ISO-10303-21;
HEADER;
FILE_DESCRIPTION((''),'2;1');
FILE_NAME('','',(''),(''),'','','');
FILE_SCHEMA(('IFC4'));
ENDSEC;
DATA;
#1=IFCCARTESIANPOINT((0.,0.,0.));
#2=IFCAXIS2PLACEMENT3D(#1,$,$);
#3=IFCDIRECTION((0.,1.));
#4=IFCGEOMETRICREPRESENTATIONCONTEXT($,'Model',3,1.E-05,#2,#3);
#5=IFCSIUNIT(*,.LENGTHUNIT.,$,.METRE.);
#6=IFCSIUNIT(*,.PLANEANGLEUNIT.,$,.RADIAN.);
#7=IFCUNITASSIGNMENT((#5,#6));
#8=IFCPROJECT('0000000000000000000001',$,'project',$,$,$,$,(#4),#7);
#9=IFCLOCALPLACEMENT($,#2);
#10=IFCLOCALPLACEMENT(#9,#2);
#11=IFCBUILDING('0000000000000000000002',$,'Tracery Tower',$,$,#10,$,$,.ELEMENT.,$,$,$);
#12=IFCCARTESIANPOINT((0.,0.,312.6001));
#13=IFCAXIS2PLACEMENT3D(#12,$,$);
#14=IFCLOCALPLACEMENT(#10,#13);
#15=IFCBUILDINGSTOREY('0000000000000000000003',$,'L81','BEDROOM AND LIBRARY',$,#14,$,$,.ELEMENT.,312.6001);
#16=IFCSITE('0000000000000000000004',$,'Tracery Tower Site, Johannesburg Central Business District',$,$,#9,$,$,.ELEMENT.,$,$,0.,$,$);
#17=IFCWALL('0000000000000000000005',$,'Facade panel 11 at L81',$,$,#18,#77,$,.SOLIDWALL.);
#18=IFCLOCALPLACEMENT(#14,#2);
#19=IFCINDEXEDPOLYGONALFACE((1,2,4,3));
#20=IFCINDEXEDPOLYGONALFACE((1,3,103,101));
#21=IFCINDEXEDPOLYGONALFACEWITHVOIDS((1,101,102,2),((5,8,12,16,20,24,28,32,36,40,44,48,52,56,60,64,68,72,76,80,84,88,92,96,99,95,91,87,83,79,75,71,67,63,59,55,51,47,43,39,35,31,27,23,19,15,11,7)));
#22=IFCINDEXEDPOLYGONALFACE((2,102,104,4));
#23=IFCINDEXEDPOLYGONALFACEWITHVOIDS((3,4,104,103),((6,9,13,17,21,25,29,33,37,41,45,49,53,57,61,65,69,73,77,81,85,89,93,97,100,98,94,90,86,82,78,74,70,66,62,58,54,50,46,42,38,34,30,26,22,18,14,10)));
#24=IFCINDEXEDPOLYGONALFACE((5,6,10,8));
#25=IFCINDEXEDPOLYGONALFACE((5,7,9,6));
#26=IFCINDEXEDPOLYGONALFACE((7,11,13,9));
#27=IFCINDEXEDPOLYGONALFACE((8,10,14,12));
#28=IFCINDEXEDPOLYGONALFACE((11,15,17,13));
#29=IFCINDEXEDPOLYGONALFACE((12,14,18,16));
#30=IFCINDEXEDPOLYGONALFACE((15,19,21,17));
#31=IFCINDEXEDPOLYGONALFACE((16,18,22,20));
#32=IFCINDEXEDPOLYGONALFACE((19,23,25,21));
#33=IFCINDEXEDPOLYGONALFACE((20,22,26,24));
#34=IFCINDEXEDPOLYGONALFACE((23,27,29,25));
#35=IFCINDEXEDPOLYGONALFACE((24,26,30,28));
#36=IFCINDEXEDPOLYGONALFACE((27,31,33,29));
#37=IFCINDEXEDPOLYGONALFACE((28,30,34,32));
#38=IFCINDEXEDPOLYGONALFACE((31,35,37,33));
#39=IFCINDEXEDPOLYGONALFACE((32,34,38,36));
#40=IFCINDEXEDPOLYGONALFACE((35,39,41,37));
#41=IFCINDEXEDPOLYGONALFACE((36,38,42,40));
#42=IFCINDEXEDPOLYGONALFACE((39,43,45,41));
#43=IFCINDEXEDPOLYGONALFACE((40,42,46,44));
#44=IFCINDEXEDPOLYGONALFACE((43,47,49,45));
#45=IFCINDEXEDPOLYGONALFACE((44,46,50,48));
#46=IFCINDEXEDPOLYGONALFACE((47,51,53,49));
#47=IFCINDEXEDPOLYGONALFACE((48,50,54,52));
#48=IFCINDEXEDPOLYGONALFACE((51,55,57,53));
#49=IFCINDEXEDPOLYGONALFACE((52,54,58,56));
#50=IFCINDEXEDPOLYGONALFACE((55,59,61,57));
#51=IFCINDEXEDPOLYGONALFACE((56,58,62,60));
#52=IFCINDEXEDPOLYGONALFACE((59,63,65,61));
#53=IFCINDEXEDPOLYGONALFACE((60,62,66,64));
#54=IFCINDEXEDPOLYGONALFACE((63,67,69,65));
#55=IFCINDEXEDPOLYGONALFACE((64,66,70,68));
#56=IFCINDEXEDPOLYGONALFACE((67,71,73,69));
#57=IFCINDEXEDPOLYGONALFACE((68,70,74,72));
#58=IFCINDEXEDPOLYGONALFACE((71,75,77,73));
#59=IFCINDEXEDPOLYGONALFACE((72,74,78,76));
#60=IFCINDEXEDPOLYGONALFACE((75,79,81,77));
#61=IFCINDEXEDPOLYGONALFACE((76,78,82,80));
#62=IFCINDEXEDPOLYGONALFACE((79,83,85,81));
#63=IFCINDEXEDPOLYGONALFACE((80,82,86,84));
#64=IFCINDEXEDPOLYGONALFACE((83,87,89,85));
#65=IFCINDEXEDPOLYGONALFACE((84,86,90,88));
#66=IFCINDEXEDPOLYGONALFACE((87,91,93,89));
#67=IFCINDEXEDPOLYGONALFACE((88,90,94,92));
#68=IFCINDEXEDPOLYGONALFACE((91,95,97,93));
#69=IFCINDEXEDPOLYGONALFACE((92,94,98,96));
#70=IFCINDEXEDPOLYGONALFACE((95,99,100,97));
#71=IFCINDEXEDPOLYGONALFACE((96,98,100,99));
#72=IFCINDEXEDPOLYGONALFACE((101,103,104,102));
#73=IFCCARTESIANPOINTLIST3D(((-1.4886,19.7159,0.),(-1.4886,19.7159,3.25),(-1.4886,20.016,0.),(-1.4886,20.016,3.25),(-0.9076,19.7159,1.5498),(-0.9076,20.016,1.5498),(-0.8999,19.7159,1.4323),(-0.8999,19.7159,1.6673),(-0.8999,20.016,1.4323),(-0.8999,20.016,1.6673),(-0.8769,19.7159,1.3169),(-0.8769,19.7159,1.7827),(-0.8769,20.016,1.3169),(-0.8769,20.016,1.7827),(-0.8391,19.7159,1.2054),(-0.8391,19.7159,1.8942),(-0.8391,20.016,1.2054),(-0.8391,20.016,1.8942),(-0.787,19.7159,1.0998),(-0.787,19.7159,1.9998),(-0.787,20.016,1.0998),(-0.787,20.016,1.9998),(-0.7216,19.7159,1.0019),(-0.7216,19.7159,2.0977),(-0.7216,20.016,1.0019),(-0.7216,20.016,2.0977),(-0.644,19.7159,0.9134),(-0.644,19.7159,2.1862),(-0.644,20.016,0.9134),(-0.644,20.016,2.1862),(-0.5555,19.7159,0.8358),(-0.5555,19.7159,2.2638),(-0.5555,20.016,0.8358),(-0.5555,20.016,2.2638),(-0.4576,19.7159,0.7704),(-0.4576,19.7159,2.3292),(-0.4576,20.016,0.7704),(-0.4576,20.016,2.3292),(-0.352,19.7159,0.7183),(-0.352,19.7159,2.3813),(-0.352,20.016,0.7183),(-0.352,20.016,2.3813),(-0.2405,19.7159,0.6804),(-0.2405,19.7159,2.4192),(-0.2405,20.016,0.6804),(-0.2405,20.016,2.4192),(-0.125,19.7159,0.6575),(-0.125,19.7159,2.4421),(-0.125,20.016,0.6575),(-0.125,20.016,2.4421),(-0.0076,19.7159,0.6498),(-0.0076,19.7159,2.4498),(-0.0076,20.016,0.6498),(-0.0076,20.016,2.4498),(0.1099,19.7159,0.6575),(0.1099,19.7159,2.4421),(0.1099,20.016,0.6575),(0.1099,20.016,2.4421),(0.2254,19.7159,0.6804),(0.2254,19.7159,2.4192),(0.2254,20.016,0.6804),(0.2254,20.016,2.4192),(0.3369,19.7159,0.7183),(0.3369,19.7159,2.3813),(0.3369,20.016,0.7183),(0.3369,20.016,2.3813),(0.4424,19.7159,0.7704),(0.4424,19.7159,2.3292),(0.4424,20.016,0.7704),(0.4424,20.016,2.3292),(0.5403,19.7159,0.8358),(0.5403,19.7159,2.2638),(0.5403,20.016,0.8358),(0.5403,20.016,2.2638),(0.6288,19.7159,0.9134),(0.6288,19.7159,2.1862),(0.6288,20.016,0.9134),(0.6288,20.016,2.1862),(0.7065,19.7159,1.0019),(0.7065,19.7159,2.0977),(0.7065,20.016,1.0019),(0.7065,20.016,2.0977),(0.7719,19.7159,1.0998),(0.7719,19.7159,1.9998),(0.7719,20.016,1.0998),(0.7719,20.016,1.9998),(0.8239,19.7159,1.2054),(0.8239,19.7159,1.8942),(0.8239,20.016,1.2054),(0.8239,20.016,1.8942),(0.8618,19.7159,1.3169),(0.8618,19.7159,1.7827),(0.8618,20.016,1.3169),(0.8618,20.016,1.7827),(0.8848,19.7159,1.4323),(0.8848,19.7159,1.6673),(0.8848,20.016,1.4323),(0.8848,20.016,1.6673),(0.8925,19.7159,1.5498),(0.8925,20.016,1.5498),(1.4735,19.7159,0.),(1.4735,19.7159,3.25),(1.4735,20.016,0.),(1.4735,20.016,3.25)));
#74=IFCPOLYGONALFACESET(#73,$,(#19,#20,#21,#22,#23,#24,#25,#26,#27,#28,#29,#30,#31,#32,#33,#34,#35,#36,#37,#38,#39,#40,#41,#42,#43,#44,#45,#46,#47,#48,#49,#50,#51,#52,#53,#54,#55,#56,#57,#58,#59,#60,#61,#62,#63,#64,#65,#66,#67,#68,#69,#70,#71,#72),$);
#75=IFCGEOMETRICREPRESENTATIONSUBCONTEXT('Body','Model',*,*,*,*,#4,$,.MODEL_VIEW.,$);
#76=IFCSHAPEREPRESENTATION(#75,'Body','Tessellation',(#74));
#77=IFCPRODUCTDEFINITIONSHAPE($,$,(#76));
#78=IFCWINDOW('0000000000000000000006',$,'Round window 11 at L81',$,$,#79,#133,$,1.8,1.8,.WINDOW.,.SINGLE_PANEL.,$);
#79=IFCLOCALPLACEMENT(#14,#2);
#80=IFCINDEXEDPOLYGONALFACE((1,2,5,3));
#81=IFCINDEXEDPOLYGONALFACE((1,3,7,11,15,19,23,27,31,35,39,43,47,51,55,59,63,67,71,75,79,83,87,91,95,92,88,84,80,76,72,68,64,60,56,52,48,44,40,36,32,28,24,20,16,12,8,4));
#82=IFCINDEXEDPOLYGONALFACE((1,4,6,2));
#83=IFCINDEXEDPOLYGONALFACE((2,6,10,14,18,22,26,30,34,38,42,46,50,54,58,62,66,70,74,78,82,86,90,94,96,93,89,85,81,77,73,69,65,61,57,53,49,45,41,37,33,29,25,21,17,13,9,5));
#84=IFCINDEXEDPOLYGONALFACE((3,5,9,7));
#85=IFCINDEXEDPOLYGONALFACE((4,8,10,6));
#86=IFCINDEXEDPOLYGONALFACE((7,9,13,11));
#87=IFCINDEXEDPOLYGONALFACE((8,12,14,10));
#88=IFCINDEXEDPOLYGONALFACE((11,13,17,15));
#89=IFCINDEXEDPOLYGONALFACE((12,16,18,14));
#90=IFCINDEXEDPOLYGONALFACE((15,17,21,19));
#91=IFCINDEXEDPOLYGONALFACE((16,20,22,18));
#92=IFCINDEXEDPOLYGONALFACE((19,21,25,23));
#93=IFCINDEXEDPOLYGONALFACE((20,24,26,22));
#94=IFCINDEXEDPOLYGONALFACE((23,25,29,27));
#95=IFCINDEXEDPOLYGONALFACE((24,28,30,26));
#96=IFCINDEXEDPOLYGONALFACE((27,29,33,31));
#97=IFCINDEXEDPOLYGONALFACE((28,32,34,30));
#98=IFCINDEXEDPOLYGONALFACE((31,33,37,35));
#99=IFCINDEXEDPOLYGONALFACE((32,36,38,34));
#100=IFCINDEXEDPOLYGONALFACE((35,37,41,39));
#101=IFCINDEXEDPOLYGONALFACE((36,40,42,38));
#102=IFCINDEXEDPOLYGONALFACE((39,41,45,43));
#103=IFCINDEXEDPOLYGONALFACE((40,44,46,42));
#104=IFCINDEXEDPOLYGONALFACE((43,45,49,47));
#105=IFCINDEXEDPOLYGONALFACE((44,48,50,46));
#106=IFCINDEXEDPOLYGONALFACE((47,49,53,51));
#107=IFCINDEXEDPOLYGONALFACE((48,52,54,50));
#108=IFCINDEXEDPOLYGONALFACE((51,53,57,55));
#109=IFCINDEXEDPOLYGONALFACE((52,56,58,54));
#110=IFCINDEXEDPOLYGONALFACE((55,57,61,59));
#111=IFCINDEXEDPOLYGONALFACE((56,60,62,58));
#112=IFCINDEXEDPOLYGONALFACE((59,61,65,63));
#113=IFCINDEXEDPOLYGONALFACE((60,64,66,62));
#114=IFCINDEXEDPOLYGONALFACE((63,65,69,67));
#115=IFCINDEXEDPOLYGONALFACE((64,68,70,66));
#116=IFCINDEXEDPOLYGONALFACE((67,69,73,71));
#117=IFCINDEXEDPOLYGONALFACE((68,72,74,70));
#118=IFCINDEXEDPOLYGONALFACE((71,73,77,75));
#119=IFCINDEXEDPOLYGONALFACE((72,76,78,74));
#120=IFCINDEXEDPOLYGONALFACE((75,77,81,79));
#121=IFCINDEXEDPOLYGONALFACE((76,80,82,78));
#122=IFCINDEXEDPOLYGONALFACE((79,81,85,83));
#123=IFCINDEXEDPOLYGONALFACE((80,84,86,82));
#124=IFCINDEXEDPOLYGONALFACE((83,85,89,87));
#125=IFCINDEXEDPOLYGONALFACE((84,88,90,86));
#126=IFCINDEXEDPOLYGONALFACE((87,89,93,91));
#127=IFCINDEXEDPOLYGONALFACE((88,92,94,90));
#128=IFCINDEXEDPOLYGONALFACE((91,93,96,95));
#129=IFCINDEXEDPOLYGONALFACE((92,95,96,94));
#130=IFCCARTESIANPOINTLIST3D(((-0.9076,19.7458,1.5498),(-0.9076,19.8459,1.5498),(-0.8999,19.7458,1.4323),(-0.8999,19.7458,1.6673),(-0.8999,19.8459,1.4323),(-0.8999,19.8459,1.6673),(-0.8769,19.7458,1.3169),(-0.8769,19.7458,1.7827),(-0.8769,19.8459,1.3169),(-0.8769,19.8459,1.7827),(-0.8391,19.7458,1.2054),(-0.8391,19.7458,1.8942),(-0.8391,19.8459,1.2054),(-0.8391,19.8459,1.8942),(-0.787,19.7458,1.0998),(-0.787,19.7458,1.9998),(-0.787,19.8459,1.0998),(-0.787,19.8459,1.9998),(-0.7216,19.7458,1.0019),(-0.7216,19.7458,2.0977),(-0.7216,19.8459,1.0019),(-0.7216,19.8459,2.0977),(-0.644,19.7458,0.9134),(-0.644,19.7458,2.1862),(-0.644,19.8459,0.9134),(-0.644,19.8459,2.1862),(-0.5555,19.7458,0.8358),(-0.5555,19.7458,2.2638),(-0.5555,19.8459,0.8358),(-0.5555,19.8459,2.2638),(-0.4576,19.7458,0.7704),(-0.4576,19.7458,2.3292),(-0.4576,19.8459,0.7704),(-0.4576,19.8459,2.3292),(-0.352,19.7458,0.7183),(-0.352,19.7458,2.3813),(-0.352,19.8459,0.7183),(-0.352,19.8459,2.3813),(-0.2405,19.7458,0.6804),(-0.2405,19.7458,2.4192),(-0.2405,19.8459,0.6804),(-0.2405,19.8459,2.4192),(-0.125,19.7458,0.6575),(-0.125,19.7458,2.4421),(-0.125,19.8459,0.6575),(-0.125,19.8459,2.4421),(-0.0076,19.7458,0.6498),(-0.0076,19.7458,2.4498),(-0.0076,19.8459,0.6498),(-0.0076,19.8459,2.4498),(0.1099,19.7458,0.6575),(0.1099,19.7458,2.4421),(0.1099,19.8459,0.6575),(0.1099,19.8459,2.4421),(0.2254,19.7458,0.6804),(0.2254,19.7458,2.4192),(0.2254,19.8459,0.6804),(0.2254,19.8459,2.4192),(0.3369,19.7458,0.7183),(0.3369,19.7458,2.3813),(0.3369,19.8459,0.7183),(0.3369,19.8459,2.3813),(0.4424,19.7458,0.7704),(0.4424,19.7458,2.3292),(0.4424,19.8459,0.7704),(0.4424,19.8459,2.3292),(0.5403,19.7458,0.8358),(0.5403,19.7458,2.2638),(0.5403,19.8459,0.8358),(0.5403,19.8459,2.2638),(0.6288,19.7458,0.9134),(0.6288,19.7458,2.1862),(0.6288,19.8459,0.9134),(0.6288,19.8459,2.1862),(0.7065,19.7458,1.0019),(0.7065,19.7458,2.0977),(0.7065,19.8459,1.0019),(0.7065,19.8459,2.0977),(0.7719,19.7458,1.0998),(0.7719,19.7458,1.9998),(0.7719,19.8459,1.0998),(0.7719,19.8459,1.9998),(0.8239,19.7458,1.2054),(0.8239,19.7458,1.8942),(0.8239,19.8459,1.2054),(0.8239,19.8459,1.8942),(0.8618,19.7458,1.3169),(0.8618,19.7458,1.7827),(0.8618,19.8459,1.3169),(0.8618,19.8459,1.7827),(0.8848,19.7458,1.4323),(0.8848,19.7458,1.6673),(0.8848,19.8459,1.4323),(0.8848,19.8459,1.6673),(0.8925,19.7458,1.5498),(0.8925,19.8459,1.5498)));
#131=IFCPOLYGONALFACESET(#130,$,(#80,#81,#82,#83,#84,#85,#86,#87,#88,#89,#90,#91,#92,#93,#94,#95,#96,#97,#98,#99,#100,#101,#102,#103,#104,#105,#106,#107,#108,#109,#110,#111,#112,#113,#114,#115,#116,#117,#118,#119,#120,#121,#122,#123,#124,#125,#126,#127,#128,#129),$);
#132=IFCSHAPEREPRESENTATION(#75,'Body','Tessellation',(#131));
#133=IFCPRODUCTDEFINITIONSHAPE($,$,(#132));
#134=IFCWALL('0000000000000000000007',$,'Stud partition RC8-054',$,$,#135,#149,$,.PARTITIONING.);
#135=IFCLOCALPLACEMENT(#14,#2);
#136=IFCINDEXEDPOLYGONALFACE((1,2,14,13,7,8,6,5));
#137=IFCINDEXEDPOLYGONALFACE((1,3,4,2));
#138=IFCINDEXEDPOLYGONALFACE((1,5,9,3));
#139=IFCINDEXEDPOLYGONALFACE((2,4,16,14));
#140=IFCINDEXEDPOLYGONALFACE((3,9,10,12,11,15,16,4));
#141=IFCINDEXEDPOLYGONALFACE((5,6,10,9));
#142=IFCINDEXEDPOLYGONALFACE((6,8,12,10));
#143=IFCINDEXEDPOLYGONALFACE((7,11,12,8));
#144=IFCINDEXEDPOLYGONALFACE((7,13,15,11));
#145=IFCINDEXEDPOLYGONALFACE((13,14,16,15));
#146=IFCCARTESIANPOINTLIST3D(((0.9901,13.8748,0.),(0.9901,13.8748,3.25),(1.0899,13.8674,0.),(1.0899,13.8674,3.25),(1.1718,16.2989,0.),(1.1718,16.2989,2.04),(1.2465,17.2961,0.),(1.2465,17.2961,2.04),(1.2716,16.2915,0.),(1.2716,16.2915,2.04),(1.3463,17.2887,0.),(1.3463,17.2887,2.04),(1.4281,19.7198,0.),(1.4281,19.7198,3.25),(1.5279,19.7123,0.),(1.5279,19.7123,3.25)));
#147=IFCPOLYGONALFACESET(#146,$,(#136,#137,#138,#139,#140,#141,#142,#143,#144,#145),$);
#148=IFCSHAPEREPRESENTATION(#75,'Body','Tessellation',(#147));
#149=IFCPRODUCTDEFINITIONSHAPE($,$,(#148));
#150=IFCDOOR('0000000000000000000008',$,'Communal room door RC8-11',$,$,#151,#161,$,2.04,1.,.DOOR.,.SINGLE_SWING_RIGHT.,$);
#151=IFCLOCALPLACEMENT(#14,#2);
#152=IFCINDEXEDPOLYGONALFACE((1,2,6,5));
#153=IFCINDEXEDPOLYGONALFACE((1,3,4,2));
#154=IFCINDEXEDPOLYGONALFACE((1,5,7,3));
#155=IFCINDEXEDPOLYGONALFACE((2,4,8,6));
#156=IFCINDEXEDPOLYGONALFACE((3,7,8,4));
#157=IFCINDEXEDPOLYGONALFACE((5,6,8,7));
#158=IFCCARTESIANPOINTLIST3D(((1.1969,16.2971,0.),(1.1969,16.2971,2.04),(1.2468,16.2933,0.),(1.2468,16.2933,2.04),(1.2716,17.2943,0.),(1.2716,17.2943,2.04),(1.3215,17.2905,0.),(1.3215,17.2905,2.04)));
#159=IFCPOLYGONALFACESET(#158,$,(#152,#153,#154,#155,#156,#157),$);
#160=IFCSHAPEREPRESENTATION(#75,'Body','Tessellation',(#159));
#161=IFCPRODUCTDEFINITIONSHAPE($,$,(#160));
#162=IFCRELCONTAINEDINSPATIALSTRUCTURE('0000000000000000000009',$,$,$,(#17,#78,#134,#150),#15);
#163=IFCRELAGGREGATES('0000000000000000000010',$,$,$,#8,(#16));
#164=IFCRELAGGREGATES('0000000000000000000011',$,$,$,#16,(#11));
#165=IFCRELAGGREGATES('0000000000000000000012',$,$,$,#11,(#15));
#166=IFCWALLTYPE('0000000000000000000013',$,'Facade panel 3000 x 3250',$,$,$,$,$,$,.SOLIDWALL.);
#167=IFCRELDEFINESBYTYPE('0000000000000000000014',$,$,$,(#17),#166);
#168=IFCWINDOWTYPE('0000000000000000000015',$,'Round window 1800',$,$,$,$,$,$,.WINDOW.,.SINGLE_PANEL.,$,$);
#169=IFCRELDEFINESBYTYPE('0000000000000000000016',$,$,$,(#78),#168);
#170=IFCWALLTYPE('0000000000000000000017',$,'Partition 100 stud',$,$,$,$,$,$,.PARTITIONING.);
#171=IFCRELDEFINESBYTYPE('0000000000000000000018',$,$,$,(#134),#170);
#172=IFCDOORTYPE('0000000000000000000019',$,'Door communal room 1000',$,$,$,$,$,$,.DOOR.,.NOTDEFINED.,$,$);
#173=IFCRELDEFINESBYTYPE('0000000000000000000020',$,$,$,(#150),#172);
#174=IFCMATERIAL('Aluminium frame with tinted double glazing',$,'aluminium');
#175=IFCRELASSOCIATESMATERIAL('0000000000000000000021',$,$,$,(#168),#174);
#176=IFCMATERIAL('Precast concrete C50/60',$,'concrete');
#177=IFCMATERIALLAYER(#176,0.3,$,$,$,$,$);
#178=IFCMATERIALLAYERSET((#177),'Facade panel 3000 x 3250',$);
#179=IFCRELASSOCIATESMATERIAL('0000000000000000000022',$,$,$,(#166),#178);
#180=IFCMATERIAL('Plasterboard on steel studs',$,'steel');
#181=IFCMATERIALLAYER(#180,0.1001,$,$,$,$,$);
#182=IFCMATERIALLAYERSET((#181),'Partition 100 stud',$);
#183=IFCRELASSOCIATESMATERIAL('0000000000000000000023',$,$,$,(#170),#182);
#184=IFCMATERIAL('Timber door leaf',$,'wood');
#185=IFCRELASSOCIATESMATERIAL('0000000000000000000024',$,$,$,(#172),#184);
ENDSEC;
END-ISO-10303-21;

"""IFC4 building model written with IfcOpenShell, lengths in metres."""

from ifc_helpers import new_model, si_unit, direction, frame, frame_2d, origin, origin_2d, place, context, subcontext, project, spatial, rectangle, circle, extrude, material, layer, layer_set, type_object, element, fill, save


model = new_model("IFC4")

# Units and contexts
model_context = context("Model", 3, precision=1e-05, world=origin(), true_north=direction((0.0, 1.0)))
body_context = subcontext(model_context, "Body", "Model", "MODEL_VIEW")
ifc_project = project(units=[si_unit("LENGTHUNIT", "METRE"), si_unit("PLANEANGLEUNIT", "RADIAN")], contexts=[model_context])

# Site, building, storey
site_placement = place(None, origin())
site = spatial("IfcSite", under=ifc_project, at=site_placement, Name="Tracery Tower Site, Johannesburg Central Business District", CompositionType="ELEMENT", RefElevation=0.0)
building_placement = place(site_placement, origin())
building = spatial("IfcBuilding", under=site, at=building_placement, Name="Tracery Tower", CompositionType="ELEMENT")
storey_placement = place(building_placement, frame((0.0, 0.0, 312.6001)))
storey = spatial("IfcBuildingStorey", under=building, at=storey_placement, Name="L81", Description="BEDROOM AND LIBRARY", CompositionType="ELEMENT", Elevation=312.6001)

# Wall, opening, window
ifc_material_1 = material(Name="Aluminium frame with tinted double glazing", Category="aluminium")
window_type = type_object("IfcWindowType", Name="Round window 1800", PartitioningType="SINGLE_PANEL", PredefinedType="WINDOW", material=ifc_material_1)
ifc_material_2 = material(Name="Precast concrete C50/60", Category="concrete")
ifc_layer_1 = layer(ifc_material_2, 0.3)
ifc_layer_set_1 = layer_set([ifc_layer_1], Name="Facade panel 3000 x 3250")
wall_type_1 = type_object("IfcWallType", Name="Facade panel 3000 x 3250", PredefinedType="SOLIDWALL", material=ifc_layer_set_1)
wall_1_placement = place(storey_placement, frame((1.4734, 19.866, 0.0), z_axis=(0.0, 0.0, 1.0), x_axis=(-1.0, 0.0, 0.0)))
wall_1 = element("IfcWall", 1, at=wall_1_placement, inside=storey, type_object=wall_type_1, Name="Facade panel 11 at L81", PredefinedType="SOLIDWALL", context=body_context, shape_type="SweptSolid", body=[
    extrude(rectangle(XDim=2.9622, YDim=0.3, at=frame_2d((1.481, 0.0))), origin(), (0.0, 0.0, 1.0), 3.25),
])
opening_1_placement = place(wall_1_placement, frame((1.481, 0.0, 1.5498)))
opening_1 = element("IfcOpeningElement", 2, at=opening_1_placement, cuts=wall_1, PredefinedType="OPENING", context=body_context, shape_type="SweptSolid", body=[
    extrude(circle(Radius=0.9, at=origin_2d()), frame((0.0, 0.1599, 0.0), z_axis=(0.0, -1.0, 0.0), x_axis=(1.0, 0.0, 0.0)), (0.0, 0.0, 1.0), 0.3201),
])
window_1_placement = place(opening_1_placement, origin())
window_1 = element("IfcWindow", 3, at=window_1_placement, inside=storey, type_object=window_type, Name="Round window 11 at L81", OverallHeight=1.8, OverallWidth=1.8, PartitioningType="SINGLE_PANEL", PredefinedType="WINDOW", context=body_context, shape_type="SweptSolid", body=[
    extrude(circle(Radius=0.9, at=origin_2d()), frame((0.0, 0.1201, 0.0), z_axis=(0.0, -1.0, 0.0), x_axis=(1.0, 0.0, 0.0)), (0.0, 0.0, 1.0), 0.1001),
])
fill(opening_1, window_1)

# Wall, opening, door
ifc_material_3 = material(Name="Plasterboard on steel studs", Category="steel")
ifc_layer_2 = layer(ifc_material_3, 0.1001)
ifc_layer_set_2 = layer_set([ifc_layer_2], Name="Partition 100 stud")
wall_type_2 = type_object("IfcWallType", Name="Partition 100 stud", PredefinedType="PARTITIONING", material=ifc_layer_set_2)
wall_2_placement = place(storey_placement, frame((1.04, 13.8711, 0.0), z_axis=(0.0, 0.0, 1.0), x_axis=(0.074725, 0.997204, 0.0)))
wall_2 = element("IfcWall", 4, at=wall_2_placement, inside=storey, type_object=wall_type_2, Name="Stud partition RC8-054", PredefinedType="PARTITIONING", context=body_context, shape_type="SweptSolid", body=[
    extrude(rectangle(XDim=5.8613, YDim=0.1001, at=frame_2d((2.9307, 0.0))), origin(), (0.0, 0.0, 1.0), 3.25),
])
opening_2_placement = place(wall_2_placement, frame((2.4309, 0.0, 0.0)))
opening_2 = element("IfcOpeningElement", 5, at=opening_2_placement, cuts=wall_2, PredefinedType="OPENING", context=body_context, shape_type="SweptSolid", body=[
    extrude(rectangle(XDim=1.0, YDim=2.04, at=frame_2d((0.5, 1.02))), frame((0.0, 0.05, 0.0), z_axis=(0.0, -1.0, 0.0), x_axis=(1.0, 0.0, 0.0)), (0.0, 0.0, 1.0), 0.1001),
])
ifc_material_4 = material(Name="Timber door leaf", Category="wood")
door_type_1 = type_object("IfcDoorType", Name="Door communal room 1000", OperationType="NOTDEFINED", PredefinedType="DOOR", material=ifc_material_4)
door_1_placement = place(opening_2_placement, origin())
door_1 = element("IfcDoor", 6, at=door_1_placement, inside=storey, type_object=door_type_1, Name="Communal room door RC8-11", OperationType="SINGLE_SWING_RIGHT", OverallHeight=2.04, OverallWidth=1.0, PredefinedType="DOOR", context=body_context, shape_type="SweptSolid", body=[
    extrude(rectangle(XDim=1.0, YDim=2.04, at=frame_2d((0.5, 1.02))), frame((0.0, 0.0249, 0.0), z_axis=(0.0, -1.0, 0.0), x_axis=(1.0, 0.0, 0.0)), (0.0, 0.0, 1.0), 0.05),
])
fill(opening_2, door_1)

save(model, "model.ifc")
